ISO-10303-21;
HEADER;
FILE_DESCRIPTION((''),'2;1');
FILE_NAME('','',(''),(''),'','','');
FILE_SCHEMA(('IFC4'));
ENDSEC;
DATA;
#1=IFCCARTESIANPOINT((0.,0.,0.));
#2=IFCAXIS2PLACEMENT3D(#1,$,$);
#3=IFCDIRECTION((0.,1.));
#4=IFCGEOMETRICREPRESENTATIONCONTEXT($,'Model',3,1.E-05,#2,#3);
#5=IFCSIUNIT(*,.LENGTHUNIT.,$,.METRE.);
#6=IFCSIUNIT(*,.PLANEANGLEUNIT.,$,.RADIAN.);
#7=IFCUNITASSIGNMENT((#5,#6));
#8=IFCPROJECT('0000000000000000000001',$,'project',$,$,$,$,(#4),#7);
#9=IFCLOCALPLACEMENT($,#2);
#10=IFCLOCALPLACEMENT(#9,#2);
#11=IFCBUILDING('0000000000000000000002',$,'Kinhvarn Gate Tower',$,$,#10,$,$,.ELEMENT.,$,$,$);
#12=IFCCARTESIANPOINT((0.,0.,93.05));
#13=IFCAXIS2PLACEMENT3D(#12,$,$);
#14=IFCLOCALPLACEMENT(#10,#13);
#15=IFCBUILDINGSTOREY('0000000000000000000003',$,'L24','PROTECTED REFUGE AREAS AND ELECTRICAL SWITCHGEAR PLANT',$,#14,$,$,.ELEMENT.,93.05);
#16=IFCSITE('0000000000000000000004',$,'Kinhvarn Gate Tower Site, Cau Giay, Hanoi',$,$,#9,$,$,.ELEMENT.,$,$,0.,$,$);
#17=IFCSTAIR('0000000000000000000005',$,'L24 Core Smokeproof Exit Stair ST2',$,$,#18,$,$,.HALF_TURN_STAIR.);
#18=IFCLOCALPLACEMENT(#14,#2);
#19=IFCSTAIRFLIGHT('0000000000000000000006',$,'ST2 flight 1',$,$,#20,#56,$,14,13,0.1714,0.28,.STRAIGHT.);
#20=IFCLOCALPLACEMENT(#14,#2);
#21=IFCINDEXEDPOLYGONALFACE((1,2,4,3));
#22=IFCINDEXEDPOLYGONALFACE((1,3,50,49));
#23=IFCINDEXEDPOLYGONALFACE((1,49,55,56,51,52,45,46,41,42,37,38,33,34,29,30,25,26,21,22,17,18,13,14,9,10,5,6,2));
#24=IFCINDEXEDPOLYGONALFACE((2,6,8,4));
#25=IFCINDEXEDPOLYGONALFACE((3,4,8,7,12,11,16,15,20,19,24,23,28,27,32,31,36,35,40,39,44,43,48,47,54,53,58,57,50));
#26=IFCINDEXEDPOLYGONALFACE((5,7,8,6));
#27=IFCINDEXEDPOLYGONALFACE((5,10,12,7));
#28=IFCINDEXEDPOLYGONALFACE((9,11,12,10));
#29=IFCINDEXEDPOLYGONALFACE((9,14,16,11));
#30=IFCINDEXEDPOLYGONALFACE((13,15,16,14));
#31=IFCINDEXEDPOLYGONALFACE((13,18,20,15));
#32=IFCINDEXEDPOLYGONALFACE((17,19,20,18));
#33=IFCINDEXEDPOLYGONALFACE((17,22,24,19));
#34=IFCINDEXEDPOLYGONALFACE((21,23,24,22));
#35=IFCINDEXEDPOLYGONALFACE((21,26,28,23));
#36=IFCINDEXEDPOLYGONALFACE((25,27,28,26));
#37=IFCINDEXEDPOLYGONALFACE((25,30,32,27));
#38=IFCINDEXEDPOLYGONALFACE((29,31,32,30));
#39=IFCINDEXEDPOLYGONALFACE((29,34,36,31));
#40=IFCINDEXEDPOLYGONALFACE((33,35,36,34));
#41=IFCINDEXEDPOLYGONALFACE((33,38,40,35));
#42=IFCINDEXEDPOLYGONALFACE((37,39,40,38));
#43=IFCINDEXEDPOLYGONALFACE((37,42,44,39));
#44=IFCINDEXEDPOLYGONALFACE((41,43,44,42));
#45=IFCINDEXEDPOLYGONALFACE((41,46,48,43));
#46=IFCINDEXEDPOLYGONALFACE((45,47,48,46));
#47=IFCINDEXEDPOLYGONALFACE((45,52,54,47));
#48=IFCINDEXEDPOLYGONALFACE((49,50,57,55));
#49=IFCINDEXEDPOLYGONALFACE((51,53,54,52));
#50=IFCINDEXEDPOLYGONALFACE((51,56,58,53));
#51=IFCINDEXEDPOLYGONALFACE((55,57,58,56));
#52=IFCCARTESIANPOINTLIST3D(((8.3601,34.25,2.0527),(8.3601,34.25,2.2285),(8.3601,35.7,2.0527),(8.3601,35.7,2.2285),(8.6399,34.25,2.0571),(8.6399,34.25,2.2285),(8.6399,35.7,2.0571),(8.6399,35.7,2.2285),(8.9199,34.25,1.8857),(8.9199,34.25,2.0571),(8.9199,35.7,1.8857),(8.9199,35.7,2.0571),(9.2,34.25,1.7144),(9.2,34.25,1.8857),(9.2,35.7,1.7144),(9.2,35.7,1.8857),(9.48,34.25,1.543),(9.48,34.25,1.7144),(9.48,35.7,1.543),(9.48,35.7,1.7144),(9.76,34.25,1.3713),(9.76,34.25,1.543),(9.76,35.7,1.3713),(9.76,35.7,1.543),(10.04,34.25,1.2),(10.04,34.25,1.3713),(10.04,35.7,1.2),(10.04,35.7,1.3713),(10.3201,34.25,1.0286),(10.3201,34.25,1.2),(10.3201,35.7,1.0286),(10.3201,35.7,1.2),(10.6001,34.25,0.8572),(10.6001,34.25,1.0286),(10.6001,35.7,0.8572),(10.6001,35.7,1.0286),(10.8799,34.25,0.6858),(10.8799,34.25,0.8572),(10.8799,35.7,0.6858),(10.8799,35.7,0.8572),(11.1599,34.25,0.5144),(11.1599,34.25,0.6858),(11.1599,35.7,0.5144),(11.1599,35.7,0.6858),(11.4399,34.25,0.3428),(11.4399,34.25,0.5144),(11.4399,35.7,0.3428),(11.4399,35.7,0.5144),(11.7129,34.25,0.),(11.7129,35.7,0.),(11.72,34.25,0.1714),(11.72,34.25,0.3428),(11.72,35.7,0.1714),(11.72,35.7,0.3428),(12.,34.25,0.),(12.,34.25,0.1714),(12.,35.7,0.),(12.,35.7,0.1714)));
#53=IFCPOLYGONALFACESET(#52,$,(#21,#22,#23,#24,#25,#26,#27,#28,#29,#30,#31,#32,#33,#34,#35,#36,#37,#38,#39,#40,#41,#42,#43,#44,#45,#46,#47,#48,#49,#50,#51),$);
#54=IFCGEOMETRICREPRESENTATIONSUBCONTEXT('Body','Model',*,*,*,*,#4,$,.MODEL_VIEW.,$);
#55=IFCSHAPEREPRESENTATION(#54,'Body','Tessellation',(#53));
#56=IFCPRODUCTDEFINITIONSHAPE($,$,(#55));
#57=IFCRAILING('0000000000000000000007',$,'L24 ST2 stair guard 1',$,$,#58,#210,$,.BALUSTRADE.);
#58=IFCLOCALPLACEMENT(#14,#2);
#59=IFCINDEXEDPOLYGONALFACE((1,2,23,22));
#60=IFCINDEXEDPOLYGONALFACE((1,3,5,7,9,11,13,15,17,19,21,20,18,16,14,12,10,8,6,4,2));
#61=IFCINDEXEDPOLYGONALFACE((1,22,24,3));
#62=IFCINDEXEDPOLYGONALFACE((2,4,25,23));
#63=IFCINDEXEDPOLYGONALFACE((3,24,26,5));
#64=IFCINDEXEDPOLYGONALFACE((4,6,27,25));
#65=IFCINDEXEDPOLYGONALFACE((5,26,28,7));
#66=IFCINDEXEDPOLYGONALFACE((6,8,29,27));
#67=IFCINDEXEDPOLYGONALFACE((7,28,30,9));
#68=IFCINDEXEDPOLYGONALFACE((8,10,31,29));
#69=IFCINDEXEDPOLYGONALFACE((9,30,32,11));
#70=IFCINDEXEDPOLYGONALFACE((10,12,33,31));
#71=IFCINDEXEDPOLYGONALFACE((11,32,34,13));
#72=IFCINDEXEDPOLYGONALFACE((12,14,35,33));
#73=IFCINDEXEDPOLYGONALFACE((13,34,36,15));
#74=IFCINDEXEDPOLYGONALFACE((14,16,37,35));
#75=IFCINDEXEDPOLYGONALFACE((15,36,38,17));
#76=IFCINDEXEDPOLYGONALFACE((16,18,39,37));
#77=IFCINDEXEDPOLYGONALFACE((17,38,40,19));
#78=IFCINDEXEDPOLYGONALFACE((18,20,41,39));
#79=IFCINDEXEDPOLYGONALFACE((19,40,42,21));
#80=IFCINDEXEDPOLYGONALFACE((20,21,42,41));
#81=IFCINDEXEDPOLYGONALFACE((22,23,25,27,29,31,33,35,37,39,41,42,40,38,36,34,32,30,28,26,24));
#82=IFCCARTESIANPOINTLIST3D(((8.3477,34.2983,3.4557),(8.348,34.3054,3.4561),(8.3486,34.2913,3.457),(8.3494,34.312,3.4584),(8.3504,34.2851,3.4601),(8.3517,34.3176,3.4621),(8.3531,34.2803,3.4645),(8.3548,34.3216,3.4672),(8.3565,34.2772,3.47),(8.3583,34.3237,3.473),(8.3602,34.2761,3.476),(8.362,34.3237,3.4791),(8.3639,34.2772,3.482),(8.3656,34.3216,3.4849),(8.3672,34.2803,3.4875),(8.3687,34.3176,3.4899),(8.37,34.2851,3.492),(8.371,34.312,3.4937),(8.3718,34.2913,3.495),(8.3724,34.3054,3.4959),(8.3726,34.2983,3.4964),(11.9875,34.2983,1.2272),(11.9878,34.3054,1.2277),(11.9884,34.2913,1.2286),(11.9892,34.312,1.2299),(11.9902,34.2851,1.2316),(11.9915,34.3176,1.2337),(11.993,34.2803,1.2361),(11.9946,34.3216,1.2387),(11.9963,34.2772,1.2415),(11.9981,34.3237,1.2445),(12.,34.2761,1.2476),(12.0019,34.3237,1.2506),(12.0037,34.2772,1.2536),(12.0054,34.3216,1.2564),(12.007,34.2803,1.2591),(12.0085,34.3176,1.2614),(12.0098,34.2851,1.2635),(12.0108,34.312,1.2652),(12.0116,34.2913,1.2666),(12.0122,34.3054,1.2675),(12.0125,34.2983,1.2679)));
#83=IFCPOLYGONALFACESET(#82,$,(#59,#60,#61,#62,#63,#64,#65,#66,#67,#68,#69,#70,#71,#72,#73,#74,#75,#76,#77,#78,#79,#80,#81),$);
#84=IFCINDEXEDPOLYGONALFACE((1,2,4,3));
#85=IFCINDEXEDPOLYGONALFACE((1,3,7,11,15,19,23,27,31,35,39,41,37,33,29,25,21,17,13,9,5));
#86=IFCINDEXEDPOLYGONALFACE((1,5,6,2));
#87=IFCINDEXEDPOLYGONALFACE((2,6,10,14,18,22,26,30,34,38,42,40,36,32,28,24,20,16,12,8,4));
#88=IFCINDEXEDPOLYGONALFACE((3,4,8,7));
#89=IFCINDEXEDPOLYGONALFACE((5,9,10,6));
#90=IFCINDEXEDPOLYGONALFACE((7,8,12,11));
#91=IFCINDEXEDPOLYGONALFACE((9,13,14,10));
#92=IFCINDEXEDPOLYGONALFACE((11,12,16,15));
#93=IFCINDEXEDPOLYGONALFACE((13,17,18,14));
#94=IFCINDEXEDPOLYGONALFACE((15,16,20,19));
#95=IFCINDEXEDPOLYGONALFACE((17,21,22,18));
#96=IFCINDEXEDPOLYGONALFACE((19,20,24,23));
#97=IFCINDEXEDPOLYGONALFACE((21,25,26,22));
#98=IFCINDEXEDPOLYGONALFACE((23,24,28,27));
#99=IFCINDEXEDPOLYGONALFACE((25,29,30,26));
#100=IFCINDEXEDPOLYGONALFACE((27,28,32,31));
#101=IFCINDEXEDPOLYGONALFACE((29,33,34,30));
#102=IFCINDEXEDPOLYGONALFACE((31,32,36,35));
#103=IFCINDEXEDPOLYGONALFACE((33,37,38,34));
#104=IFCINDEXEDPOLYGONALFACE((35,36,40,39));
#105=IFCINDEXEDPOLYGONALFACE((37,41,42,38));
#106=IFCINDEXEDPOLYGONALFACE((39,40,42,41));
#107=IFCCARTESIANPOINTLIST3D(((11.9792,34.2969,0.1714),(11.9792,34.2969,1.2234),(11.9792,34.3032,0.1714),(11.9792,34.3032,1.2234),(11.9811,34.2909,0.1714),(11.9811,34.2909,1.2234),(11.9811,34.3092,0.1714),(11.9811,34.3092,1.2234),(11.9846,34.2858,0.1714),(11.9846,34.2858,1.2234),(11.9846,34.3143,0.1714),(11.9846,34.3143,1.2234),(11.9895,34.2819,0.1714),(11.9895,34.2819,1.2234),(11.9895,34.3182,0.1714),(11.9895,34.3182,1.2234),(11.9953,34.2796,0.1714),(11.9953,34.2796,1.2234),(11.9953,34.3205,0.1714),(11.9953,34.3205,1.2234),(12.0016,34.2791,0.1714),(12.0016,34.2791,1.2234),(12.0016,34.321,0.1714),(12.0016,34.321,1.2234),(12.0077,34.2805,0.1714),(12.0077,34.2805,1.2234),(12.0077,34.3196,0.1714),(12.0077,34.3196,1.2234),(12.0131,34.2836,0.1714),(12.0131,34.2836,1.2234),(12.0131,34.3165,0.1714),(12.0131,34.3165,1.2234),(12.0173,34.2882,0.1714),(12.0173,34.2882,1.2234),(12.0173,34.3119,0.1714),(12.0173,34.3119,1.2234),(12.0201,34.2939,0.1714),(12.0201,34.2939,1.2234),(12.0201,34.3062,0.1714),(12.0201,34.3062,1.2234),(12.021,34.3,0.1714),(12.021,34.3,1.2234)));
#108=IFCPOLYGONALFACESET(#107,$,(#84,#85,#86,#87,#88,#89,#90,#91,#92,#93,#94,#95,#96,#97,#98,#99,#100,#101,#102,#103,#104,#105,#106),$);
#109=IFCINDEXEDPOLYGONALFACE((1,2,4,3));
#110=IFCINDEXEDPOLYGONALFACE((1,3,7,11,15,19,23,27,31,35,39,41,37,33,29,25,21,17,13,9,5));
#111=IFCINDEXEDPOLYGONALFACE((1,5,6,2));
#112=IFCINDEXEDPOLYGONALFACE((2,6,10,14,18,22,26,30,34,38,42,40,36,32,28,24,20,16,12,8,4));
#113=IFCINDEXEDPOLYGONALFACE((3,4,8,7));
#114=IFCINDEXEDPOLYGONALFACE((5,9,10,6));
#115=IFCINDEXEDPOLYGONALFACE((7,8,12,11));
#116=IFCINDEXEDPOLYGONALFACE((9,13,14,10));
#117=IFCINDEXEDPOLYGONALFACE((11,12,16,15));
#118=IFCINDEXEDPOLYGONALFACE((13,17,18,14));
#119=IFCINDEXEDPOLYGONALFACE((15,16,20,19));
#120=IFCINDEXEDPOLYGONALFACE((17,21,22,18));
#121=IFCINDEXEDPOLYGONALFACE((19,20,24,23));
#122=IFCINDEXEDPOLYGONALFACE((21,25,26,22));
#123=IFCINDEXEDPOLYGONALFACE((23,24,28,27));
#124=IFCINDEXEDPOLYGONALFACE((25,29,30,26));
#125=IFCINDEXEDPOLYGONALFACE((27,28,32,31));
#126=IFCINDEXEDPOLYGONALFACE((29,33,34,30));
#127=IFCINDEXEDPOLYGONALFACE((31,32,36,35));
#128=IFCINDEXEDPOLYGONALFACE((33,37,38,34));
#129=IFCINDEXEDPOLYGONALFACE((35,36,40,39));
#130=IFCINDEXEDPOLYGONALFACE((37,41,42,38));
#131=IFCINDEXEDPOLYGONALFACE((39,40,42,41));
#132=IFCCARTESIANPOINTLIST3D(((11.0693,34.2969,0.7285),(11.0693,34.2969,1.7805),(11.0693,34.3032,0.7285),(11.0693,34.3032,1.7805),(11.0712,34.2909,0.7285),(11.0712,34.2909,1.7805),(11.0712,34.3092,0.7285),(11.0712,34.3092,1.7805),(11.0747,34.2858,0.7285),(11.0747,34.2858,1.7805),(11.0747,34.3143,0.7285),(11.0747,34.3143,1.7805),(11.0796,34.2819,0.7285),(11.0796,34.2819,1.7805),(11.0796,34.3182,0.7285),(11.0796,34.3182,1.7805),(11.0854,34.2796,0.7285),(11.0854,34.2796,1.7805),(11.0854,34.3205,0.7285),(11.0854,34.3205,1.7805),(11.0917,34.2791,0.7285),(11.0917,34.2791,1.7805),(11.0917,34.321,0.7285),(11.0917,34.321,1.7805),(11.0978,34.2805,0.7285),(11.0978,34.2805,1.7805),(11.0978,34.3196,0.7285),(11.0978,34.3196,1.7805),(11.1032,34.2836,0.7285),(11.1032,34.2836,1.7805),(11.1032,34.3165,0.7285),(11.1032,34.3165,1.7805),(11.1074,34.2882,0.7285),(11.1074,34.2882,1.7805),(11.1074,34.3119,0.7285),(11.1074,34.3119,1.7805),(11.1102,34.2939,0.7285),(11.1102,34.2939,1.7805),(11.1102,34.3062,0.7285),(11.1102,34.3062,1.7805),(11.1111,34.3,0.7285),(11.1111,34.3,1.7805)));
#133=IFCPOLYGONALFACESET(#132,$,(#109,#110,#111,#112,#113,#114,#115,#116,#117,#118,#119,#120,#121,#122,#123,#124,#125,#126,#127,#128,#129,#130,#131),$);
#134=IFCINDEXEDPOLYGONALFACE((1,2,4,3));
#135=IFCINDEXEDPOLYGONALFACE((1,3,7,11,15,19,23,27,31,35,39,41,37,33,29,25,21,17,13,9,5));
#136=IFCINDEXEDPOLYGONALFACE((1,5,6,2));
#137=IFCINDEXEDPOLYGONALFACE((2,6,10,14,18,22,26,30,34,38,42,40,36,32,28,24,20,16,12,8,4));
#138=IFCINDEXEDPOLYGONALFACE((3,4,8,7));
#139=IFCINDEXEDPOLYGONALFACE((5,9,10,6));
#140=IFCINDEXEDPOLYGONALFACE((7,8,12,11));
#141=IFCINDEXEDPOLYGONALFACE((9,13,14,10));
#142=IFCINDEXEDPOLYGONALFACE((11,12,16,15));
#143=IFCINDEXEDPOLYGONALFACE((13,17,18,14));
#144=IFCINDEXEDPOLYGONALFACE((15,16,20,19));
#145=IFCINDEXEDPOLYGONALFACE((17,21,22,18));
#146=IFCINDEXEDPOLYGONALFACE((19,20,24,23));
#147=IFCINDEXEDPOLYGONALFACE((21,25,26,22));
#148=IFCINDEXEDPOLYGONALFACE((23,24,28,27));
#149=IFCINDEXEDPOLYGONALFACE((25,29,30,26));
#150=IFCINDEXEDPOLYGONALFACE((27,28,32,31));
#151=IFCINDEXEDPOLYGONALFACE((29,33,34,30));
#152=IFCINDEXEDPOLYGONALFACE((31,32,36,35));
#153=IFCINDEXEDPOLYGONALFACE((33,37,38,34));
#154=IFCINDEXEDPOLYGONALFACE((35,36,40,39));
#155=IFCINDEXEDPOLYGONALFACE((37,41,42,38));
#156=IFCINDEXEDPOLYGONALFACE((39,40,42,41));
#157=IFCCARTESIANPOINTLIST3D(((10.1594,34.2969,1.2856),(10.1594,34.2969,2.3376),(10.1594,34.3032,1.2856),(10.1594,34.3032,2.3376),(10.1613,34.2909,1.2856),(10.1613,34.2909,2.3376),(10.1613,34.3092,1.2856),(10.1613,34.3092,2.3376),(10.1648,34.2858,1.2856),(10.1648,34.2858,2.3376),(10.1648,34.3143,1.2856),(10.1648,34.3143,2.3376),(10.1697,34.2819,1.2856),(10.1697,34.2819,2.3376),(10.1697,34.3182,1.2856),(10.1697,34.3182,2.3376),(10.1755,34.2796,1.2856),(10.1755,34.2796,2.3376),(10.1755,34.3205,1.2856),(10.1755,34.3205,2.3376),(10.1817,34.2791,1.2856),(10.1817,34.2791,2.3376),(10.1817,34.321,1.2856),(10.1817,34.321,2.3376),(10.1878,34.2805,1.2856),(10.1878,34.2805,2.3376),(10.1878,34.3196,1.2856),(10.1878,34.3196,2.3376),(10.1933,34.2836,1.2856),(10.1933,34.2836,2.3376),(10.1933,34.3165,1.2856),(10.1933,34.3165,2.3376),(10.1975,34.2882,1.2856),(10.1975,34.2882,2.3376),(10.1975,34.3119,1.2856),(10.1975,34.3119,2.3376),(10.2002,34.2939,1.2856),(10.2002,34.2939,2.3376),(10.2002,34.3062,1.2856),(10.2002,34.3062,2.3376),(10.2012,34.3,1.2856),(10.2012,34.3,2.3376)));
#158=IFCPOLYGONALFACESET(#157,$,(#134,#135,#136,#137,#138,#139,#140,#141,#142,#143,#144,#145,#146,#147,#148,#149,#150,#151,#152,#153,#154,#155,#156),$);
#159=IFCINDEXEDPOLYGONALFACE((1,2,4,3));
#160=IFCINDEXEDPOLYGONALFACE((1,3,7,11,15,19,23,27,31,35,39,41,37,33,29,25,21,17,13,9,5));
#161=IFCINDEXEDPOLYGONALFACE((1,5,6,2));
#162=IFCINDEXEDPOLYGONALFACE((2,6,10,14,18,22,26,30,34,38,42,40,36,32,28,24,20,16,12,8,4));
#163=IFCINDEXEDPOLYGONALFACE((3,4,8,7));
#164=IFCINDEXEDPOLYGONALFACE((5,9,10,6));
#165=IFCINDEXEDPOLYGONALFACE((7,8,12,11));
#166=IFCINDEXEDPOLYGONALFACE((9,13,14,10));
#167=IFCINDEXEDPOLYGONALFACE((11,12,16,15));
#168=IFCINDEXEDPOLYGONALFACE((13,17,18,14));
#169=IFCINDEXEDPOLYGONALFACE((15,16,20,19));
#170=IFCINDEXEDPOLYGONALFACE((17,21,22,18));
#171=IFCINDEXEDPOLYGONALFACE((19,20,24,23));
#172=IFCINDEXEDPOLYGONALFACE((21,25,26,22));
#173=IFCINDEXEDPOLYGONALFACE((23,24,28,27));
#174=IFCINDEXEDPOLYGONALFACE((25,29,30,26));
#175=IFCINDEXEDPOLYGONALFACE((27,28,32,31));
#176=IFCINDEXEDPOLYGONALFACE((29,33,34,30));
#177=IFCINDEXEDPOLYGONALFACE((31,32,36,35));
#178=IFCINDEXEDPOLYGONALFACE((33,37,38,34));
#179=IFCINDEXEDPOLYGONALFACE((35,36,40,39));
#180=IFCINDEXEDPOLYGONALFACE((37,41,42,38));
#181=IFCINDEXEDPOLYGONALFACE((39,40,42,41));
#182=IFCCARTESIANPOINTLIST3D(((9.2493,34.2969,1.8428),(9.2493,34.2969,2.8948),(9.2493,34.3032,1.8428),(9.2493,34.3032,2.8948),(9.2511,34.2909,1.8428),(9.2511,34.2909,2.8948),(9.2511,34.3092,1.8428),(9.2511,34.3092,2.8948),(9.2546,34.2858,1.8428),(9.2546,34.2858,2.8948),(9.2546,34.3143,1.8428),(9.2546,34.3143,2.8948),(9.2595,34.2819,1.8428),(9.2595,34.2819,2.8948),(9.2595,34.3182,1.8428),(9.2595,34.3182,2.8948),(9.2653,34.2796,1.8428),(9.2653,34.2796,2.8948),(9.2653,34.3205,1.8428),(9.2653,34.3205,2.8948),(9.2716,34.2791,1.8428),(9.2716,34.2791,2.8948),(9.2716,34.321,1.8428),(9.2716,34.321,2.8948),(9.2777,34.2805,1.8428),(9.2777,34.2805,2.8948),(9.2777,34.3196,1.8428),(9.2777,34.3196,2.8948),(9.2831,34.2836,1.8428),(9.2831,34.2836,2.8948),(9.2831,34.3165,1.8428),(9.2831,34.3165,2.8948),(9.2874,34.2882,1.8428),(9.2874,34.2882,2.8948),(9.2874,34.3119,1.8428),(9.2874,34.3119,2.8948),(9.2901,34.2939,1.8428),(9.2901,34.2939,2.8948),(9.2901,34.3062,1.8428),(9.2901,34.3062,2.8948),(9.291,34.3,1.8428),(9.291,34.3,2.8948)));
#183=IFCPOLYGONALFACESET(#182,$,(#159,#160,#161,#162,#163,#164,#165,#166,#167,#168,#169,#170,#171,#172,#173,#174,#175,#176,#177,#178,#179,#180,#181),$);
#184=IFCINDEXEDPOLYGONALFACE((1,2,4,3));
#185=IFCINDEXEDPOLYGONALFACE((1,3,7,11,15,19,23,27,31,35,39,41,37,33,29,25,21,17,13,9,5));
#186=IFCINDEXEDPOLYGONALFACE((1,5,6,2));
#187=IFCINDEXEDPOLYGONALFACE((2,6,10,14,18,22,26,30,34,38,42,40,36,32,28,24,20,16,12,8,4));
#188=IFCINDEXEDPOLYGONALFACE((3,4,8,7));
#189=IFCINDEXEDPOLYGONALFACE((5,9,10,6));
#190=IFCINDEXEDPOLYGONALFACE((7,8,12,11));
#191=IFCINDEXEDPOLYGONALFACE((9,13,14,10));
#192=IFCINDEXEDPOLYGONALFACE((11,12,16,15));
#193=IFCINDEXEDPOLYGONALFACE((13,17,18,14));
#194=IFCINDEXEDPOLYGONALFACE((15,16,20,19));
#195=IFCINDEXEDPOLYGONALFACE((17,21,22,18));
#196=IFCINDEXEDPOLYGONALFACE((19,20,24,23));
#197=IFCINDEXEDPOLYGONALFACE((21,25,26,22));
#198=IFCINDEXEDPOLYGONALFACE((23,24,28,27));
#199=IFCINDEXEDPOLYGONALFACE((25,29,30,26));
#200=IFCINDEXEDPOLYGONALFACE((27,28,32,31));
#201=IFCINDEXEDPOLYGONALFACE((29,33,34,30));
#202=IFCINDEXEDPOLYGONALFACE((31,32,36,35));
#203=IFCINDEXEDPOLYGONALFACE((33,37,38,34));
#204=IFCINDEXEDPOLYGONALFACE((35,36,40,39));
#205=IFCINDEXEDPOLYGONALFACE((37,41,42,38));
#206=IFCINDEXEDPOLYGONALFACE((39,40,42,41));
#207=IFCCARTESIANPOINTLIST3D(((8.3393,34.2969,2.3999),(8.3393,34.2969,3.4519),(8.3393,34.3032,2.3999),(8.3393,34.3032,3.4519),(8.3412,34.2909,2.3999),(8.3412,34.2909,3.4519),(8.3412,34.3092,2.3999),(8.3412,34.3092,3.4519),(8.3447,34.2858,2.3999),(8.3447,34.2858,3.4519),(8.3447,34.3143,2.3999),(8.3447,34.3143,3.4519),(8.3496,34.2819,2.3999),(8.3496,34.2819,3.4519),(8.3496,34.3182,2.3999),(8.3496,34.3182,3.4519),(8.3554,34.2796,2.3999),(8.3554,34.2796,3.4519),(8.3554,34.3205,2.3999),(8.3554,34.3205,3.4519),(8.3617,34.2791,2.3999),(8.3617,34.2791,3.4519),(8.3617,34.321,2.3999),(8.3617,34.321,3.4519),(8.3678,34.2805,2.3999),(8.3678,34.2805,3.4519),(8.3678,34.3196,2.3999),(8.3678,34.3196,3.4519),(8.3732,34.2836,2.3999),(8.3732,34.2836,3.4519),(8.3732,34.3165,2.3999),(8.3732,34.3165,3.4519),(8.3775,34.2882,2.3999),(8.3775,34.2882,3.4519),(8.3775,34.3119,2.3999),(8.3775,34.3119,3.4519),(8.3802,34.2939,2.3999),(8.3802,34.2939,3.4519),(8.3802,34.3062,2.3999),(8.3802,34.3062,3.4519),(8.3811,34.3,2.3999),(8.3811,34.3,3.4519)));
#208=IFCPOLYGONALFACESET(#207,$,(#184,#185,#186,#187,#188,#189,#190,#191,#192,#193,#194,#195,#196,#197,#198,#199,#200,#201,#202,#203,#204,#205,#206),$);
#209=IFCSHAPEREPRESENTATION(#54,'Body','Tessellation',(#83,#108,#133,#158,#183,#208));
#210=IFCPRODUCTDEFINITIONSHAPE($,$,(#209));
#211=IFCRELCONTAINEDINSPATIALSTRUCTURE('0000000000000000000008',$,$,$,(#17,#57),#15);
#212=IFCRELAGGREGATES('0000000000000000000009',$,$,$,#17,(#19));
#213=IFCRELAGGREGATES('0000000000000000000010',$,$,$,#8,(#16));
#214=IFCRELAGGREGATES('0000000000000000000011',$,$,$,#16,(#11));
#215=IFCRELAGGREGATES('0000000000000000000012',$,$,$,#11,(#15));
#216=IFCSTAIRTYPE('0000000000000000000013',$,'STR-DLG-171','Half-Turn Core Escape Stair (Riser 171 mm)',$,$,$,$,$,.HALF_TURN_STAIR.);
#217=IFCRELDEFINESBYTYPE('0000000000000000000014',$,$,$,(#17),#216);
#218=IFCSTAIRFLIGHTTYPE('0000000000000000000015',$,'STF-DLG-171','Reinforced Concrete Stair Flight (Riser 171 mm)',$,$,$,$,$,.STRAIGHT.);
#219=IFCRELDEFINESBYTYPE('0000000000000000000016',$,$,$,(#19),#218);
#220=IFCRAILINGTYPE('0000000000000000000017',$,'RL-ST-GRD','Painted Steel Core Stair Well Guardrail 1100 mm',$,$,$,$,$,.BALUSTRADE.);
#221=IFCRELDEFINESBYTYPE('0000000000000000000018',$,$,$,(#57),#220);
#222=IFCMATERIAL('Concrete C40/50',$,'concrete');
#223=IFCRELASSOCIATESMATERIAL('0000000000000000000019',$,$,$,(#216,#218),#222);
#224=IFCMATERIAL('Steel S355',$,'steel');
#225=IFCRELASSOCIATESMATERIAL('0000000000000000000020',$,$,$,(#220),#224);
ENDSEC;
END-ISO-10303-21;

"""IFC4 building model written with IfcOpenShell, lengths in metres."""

from ifc_helpers import new_model, si_unit, direction, frame, origin, origin_2d, place, context, subcontext, project, spatial, polyline, circle, outline, extrude, material, type_object, element, aggregate, save


model = new_model("IFC4")

# Units and contexts
model_context = context("Model", 3, precision=1e-05, world=origin(), true_north=direction((0.0, 1.0)))
body_context = subcontext(model_context, "Body", "Model", "MODEL_VIEW")
ifc_project = project(units=[si_unit("LENGTHUNIT", "METRE"), si_unit("PLANEANGLEUNIT", "RADIAN")], contexts=[model_context])

# Site, building, storey
site_placement = place(None, origin())
site = spatial("IfcSite", under=ifc_project, at=site_placement, Name="Kinhvarn Gate Tower Site, Cau Giay, Hanoi", CompositionType="ELEMENT", RefElevation=0.0)
building_placement = place(site_placement, origin())
building = spatial("IfcBuilding", under=site, at=building_placement, Name="Kinhvarn Gate Tower", CompositionType="ELEMENT")
storey_placement = place(building_placement, frame((0.0, 0.0, 93.05)))
storey = spatial("IfcBuildingStorey", under=building, at=storey_placement, Name="L24", Description="PROTECTED REFUGE AREAS AND ELECTRICAL SWITCHGEAR PLANT", CompositionType="ELEMENT", Elevation=93.05)

# Shared definitions
ifc_material_1 = material(Name="Steel S355", Category="steel")

# Stair, stair flight
ifc_material_2 = material(Name="Concrete C40/50", Category="concrete")
stair_type = type_object("IfcStairType", Name="STR-DLG-171", Description="Half-Turn Core Escape Stair (Riser 171 mm)", PredefinedType="HALF_TURN_STAIR", material=ifc_material_2)
stair_placement = place(storey_placement, origin())
stair = element("IfcStair", 1, at=stair_placement, inside=storey, type_object=stair_type, Name="L24 Core Smokeproof Exit Stair ST2", PredefinedType="HALF_TURN_STAIR")
stair_flight_type = type_object("IfcStairFlightType", Name="STF-DLG-171", Description="Reinforced Concrete Stair Flight (Riser 171 mm)", PredefinedType="STRAIGHT", material=ifc_material_2)
stair_flight_placement = place(storey_placement, frame((12.0, 34.9751, 0.0), z_axis=(0.0, 0.0, 1.0), x_axis=(-1.0, 0.0, 0.0)))
stair_flight = element("IfcStairFlight", 2, at=stair_flight_placement, type_object=stair_flight_type, Name="ST2 flight 1", NumberOfRisers=14, NumberOfTreads=13, PredefinedType="STRAIGHT", RiserHeight=0.1714, TreadLength=0.28, context=body_context, shape_type="SweptSolid", body=[
    extrude(outline(polyline([(0.0, 0.0), (0.0, 0.1714), (0.28, 0.1714), (0.28, 0.3428), (0.5601, 0.3428), (0.5601, 0.5144), (0.8401, 0.5144), (0.8401, 0.6858), (1.1201, 0.6858), (1.1201, 0.8572), (1.3999, 0.8572), (1.3999, 1.0286), (1.6799, 1.0286), (1.6799, 1.2), (1.96, 1.2), (1.96, 1.3713), (2.24, 1.3713), (2.24, 1.543), (2.52, 1.543), (2.52, 1.7144), (2.8, 1.7144), (2.8, 1.8857), (3.0801, 1.8857), (3.0801, 2.0571), (3.3601, 2.0571), (3.3601, 2.2285), (3.6399, 2.2285), (3.6399, 2.3999), (3.6399, 2.0527), (0.2871, 0.0), (0.0, 0.0)])), frame((0.0, 0.7251, 0.0), z_axis=(0.0, -1.0, 0.0), x_axis=(1.0, 0.0, 0.0)), (0.0, 0.0, 1.0), 1.45),
])
aggregate(stair, [stair_flight])

# Railing
railing_type_1 = type_object("IfcRailingType", Name="RL-ST-GRD", Description="Painted Steel Core Stair Well Guardrail 1100 mm", PredefinedType="BALUSTRADE", material=ifc_material_1)
railing_1_placement = place(storey_placement, frame((12.0, 34.3, 0.1714)))
element("IfcRailing", 3, at=railing_1_placement, inside=storey, type_object=railing_type_1, Name="L24 ST2 stair guard 1", PredefinedType="BALUSTRADE", context=body_context, shape_type="SweptSolid", body=[
    extrude(circle(Radius=0.0239, at=origin_2d()), frame((0.0, 0.0, 1.0762), z_axis=(-0.85285, 0.0, 0.522156), x_axis=(0.0, -1.0, 0.0)), (0.0, 0.0, 1.0), 4.2678),
    extrude(circle(Radius=0.021, at=origin_2d()), origin(), (0.0, 0.0, 1.0), 1.052),
    extrude(circle(Radius=0.021, at=origin_2d()), frame((-0.9099, 0.0, 0.5571)), (0.0, 0.0, 1.0), 1.052),
    extrude(circle(Radius=0.021, at=origin_2d()), frame((-1.8198, 0.0, 1.1143)), (0.0, 0.0, 1.0), 1.052),
    extrude(circle(Radius=0.021, at=origin_2d()), frame((-2.73, 0.0, 1.6714)), (0.0, 0.0, 1.0), 1.052),
    extrude(circle(Radius=0.021, at=origin_2d()), frame((-3.6399, 0.0, 2.2285)), (0.0, 0.0, 1.0), 1.052),
])

save(model, "model.ifc")
